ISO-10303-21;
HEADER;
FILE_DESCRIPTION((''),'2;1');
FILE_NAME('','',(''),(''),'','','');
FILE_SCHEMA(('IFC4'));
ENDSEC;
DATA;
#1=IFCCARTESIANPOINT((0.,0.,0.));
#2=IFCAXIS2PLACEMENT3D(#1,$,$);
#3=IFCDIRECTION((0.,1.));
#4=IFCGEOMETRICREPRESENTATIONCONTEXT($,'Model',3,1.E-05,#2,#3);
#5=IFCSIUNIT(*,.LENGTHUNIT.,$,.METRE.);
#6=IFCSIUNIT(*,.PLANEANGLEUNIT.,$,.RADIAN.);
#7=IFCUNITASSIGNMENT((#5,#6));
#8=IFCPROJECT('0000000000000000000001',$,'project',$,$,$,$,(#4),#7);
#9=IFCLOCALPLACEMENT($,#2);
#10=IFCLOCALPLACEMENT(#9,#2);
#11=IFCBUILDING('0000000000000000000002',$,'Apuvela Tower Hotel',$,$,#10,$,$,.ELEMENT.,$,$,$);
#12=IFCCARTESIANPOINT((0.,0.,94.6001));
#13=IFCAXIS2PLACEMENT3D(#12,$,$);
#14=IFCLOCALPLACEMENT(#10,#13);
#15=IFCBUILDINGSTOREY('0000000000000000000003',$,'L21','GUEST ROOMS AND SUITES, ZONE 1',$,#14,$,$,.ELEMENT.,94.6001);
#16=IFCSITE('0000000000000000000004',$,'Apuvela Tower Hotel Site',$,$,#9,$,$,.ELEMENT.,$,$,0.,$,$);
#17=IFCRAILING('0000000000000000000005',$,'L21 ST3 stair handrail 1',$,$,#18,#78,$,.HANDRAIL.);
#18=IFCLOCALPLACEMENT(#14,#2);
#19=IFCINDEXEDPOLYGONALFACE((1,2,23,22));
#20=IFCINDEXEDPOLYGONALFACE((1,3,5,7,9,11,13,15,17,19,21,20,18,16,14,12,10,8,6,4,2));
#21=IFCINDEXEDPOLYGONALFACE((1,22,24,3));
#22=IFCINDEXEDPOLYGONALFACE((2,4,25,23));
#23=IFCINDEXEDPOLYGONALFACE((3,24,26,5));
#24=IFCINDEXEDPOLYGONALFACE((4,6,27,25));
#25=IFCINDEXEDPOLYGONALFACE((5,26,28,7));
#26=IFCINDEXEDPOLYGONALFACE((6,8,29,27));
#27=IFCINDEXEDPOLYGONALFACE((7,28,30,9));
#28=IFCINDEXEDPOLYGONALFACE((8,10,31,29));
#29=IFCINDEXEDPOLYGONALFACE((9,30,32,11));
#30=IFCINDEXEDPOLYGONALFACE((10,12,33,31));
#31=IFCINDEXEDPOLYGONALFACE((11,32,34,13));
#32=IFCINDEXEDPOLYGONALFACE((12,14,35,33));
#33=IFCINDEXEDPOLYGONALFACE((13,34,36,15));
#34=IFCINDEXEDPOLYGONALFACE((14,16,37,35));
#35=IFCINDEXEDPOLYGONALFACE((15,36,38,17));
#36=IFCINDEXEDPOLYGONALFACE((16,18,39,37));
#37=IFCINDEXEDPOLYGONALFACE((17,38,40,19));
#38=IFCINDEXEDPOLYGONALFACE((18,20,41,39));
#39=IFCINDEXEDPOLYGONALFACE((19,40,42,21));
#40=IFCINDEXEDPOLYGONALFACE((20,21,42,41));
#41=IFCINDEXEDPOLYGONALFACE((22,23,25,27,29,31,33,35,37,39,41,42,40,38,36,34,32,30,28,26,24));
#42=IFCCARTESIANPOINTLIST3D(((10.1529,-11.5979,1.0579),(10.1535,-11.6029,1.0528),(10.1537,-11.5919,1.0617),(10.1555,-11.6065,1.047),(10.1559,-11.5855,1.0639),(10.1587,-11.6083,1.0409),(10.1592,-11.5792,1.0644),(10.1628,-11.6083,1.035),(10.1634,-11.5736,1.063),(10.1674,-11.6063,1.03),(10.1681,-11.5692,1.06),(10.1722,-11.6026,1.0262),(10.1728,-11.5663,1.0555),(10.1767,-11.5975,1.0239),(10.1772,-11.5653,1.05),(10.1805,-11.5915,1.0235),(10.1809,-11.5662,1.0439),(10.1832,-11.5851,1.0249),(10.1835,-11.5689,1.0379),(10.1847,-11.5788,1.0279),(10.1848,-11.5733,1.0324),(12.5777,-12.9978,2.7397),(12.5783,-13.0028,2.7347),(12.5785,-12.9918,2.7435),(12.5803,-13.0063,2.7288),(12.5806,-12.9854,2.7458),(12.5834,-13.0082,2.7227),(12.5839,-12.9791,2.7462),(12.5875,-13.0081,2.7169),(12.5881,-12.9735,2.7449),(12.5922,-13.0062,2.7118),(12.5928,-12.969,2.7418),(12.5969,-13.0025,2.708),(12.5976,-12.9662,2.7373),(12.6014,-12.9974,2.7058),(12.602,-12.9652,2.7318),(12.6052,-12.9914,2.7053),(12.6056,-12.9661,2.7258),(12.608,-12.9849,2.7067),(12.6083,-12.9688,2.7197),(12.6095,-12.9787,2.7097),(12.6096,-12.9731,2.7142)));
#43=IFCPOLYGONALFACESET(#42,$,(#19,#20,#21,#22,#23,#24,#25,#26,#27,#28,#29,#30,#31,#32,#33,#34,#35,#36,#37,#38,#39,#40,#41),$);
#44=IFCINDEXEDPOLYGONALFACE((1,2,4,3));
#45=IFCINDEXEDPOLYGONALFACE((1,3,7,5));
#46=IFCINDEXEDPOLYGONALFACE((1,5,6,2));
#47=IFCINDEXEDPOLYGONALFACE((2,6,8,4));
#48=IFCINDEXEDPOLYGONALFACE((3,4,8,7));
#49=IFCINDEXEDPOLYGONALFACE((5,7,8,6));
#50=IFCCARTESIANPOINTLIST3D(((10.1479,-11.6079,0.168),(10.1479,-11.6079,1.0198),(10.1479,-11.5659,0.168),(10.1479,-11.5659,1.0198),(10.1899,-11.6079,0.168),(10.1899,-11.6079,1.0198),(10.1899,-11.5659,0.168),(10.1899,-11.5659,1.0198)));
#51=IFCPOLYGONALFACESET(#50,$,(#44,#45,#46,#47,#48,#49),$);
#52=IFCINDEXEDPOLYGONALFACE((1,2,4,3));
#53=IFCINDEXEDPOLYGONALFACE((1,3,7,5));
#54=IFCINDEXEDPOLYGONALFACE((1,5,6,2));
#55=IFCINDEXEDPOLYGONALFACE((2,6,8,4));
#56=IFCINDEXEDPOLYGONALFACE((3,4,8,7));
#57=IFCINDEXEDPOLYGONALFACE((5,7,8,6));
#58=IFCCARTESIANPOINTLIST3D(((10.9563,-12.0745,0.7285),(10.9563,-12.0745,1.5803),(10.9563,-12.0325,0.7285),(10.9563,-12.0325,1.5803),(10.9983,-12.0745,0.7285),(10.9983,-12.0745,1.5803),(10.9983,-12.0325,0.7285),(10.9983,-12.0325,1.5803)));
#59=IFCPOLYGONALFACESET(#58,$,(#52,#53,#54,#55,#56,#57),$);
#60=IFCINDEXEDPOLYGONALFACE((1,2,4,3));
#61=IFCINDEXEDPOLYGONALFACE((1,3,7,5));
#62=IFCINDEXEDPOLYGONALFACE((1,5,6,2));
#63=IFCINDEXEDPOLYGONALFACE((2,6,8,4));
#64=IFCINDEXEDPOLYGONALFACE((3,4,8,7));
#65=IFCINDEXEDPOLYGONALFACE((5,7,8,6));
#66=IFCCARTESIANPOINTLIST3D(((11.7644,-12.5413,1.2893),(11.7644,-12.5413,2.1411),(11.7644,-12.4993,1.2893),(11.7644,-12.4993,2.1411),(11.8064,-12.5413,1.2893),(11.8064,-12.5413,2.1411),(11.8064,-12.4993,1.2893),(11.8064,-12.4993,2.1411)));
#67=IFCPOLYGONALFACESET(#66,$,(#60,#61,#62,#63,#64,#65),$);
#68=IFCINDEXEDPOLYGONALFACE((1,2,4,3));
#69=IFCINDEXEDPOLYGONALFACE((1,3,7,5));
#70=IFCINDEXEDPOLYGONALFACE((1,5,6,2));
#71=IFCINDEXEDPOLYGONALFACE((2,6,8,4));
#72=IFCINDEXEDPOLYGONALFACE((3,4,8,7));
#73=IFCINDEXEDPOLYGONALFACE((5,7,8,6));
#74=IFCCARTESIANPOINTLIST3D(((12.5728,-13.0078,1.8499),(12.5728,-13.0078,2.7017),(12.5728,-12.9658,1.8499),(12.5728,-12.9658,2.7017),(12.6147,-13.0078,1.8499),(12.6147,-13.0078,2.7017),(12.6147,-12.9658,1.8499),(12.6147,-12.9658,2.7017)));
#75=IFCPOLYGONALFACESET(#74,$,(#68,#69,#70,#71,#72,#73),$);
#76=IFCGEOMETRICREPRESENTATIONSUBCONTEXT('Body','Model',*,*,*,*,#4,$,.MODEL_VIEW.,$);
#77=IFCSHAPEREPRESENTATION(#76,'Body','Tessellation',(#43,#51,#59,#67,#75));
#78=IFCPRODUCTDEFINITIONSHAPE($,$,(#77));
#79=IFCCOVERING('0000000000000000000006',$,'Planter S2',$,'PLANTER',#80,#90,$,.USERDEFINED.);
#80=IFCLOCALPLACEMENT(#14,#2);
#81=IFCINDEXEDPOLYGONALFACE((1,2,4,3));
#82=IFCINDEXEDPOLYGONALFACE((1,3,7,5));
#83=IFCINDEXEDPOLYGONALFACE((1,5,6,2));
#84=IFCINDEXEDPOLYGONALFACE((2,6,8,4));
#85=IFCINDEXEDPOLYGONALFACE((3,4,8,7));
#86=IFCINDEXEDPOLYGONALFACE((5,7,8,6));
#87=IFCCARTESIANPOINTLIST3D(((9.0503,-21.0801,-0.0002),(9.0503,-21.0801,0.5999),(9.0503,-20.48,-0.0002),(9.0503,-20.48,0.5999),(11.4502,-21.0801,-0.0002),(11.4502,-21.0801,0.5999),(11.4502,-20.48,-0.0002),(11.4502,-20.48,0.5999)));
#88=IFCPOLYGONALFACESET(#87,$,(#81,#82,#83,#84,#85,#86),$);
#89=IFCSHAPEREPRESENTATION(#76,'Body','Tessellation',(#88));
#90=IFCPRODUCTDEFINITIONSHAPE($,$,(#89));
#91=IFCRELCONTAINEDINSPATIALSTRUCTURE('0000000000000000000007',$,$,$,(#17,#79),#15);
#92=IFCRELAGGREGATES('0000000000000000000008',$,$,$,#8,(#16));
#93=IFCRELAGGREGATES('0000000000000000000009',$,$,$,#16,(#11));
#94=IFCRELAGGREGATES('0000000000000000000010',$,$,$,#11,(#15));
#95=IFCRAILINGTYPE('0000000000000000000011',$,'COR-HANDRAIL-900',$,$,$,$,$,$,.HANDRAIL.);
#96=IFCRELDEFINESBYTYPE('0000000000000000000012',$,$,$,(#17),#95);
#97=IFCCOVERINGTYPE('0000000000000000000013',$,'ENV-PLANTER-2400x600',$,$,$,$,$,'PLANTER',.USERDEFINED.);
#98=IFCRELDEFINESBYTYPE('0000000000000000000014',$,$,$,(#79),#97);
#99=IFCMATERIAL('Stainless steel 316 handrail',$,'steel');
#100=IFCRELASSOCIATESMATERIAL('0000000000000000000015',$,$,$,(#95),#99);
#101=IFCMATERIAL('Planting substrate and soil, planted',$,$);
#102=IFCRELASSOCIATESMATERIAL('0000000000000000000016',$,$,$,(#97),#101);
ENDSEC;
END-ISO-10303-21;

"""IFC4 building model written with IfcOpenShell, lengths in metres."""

from ifc_helpers import new_model, si_unit, direction, frame, origin, origin_2d, place, context, subcontext, project, spatial, rectangle, circle, extrude, material, type_object, element, save


model = new_model("IFC4")

# Units and contexts
model_context = context("Model", 3, precision=1e-05, world=origin(), true_north=direction((0.0, 1.0)))
body_context = subcontext(model_context, "Body", "Model", "MODEL_VIEW")
ifc_project = project(units=[si_unit("LENGTHUNIT", "METRE"), si_unit("PLANEANGLEUNIT", "RADIAN")], contexts=[model_context])

# Site, building, storey
site_placement = place(None, origin())
site = spatial("IfcSite", under=ifc_project, at=site_placement, Name="Apuvela Tower Hotel Site", CompositionType="ELEMENT", RefElevation=0.0)
building_placement = place(site_placement, origin())
building = spatial("IfcBuilding", under=site, at=building_placement, Name="Apuvela Tower Hotel", CompositionType="ELEMENT")
storey_placement = place(building_placement, frame((0.0, 0.0, 94.6001)))
storey = spatial("IfcBuildingStorey", under=building, at=storey_placement, Name="L21", Description="GUEST ROOMS AND SUITES, ZONE 1", CompositionType="ELEMENT", Elevation=94.6001)

# Railing
ifc_material_1 = material(Name="Stainless steel 316 handrail", Category="steel")
railing_type_1 = type_object("IfcRailingType", Name="COR-HANDRAIL-900", PredefinedType="HANDRAIL", material=ifc_material_1)
railing_1_placement = place(storey_placement, frame((10.1689, -11.5869, 0.168)))
element("IfcRailing", 1, at=railing_1_placement, inside=storey, type_object=railing_type_1, Name="L21 ST3 stair handrail 1", PredefinedType="HANDRAIL", context=body_context, shape_type="SweptSolid", body=[
    extrude(circle(Radius=0.0239, at=origin_2d()), frame((0.0, 0.0, 0.876), z_axis=(0.74239, -0.428601, 0.514934), x_axis=(0.499984, 0.866035, 0.0)), (0.0, 0.0, 1.0), 3.2661),
    extrude(rectangle(XDim=0.042, YDim=0.042, at=origin_2d()), origin(), (0.0, 0.0, 1.0), 0.8518),
    extrude(rectangle(XDim=0.042, YDim=0.042, at=origin_2d()), frame((0.8083, -0.4666, 0.5605)), (0.0, 0.0, 1.0), 0.8518),
    extrude(rectangle(XDim=0.042, YDim=0.042, at=origin_2d()), frame((1.6165, -0.9333, 1.1213)), (0.0, 0.0, 1.0), 0.8518),
    extrude(rectangle(XDim=0.042, YDim=0.042, at=origin_2d()), frame((2.4248, -1.3999, 1.6819)), (0.0, 0.0, 1.0), 0.8518),
])

# Covering
ifc_material_2 = material(Name="Planting substrate and soil, planted")
covering_type = type_object("IfcCoveringType", Name="ENV-PLANTER-2400x600", ElementType="PLANTER", PredefinedType="USERDEFINED", material=ifc_material_2)
covering_placement = place(storey_placement, frame((10.2502, -20.78, -0.0002), z_axis=(0.0, 0.0, 1.0), x_axis=(1.0, 0.0, 0.0)))
element("IfcCovering", 2, at=covering_placement, inside=storey, type_object=covering_type, Name="Planter S2", ObjectType="PLANTER", PredefinedType="USERDEFINED", context=body_context, shape_type="SweptSolid", body=[
    extrude(rectangle(XDim=2.3999, YDim=0.6001, at=origin_2d()), origin(), (0.0, 0.0, 1.0), 0.6001),
])

save(model, "model.ifc")
